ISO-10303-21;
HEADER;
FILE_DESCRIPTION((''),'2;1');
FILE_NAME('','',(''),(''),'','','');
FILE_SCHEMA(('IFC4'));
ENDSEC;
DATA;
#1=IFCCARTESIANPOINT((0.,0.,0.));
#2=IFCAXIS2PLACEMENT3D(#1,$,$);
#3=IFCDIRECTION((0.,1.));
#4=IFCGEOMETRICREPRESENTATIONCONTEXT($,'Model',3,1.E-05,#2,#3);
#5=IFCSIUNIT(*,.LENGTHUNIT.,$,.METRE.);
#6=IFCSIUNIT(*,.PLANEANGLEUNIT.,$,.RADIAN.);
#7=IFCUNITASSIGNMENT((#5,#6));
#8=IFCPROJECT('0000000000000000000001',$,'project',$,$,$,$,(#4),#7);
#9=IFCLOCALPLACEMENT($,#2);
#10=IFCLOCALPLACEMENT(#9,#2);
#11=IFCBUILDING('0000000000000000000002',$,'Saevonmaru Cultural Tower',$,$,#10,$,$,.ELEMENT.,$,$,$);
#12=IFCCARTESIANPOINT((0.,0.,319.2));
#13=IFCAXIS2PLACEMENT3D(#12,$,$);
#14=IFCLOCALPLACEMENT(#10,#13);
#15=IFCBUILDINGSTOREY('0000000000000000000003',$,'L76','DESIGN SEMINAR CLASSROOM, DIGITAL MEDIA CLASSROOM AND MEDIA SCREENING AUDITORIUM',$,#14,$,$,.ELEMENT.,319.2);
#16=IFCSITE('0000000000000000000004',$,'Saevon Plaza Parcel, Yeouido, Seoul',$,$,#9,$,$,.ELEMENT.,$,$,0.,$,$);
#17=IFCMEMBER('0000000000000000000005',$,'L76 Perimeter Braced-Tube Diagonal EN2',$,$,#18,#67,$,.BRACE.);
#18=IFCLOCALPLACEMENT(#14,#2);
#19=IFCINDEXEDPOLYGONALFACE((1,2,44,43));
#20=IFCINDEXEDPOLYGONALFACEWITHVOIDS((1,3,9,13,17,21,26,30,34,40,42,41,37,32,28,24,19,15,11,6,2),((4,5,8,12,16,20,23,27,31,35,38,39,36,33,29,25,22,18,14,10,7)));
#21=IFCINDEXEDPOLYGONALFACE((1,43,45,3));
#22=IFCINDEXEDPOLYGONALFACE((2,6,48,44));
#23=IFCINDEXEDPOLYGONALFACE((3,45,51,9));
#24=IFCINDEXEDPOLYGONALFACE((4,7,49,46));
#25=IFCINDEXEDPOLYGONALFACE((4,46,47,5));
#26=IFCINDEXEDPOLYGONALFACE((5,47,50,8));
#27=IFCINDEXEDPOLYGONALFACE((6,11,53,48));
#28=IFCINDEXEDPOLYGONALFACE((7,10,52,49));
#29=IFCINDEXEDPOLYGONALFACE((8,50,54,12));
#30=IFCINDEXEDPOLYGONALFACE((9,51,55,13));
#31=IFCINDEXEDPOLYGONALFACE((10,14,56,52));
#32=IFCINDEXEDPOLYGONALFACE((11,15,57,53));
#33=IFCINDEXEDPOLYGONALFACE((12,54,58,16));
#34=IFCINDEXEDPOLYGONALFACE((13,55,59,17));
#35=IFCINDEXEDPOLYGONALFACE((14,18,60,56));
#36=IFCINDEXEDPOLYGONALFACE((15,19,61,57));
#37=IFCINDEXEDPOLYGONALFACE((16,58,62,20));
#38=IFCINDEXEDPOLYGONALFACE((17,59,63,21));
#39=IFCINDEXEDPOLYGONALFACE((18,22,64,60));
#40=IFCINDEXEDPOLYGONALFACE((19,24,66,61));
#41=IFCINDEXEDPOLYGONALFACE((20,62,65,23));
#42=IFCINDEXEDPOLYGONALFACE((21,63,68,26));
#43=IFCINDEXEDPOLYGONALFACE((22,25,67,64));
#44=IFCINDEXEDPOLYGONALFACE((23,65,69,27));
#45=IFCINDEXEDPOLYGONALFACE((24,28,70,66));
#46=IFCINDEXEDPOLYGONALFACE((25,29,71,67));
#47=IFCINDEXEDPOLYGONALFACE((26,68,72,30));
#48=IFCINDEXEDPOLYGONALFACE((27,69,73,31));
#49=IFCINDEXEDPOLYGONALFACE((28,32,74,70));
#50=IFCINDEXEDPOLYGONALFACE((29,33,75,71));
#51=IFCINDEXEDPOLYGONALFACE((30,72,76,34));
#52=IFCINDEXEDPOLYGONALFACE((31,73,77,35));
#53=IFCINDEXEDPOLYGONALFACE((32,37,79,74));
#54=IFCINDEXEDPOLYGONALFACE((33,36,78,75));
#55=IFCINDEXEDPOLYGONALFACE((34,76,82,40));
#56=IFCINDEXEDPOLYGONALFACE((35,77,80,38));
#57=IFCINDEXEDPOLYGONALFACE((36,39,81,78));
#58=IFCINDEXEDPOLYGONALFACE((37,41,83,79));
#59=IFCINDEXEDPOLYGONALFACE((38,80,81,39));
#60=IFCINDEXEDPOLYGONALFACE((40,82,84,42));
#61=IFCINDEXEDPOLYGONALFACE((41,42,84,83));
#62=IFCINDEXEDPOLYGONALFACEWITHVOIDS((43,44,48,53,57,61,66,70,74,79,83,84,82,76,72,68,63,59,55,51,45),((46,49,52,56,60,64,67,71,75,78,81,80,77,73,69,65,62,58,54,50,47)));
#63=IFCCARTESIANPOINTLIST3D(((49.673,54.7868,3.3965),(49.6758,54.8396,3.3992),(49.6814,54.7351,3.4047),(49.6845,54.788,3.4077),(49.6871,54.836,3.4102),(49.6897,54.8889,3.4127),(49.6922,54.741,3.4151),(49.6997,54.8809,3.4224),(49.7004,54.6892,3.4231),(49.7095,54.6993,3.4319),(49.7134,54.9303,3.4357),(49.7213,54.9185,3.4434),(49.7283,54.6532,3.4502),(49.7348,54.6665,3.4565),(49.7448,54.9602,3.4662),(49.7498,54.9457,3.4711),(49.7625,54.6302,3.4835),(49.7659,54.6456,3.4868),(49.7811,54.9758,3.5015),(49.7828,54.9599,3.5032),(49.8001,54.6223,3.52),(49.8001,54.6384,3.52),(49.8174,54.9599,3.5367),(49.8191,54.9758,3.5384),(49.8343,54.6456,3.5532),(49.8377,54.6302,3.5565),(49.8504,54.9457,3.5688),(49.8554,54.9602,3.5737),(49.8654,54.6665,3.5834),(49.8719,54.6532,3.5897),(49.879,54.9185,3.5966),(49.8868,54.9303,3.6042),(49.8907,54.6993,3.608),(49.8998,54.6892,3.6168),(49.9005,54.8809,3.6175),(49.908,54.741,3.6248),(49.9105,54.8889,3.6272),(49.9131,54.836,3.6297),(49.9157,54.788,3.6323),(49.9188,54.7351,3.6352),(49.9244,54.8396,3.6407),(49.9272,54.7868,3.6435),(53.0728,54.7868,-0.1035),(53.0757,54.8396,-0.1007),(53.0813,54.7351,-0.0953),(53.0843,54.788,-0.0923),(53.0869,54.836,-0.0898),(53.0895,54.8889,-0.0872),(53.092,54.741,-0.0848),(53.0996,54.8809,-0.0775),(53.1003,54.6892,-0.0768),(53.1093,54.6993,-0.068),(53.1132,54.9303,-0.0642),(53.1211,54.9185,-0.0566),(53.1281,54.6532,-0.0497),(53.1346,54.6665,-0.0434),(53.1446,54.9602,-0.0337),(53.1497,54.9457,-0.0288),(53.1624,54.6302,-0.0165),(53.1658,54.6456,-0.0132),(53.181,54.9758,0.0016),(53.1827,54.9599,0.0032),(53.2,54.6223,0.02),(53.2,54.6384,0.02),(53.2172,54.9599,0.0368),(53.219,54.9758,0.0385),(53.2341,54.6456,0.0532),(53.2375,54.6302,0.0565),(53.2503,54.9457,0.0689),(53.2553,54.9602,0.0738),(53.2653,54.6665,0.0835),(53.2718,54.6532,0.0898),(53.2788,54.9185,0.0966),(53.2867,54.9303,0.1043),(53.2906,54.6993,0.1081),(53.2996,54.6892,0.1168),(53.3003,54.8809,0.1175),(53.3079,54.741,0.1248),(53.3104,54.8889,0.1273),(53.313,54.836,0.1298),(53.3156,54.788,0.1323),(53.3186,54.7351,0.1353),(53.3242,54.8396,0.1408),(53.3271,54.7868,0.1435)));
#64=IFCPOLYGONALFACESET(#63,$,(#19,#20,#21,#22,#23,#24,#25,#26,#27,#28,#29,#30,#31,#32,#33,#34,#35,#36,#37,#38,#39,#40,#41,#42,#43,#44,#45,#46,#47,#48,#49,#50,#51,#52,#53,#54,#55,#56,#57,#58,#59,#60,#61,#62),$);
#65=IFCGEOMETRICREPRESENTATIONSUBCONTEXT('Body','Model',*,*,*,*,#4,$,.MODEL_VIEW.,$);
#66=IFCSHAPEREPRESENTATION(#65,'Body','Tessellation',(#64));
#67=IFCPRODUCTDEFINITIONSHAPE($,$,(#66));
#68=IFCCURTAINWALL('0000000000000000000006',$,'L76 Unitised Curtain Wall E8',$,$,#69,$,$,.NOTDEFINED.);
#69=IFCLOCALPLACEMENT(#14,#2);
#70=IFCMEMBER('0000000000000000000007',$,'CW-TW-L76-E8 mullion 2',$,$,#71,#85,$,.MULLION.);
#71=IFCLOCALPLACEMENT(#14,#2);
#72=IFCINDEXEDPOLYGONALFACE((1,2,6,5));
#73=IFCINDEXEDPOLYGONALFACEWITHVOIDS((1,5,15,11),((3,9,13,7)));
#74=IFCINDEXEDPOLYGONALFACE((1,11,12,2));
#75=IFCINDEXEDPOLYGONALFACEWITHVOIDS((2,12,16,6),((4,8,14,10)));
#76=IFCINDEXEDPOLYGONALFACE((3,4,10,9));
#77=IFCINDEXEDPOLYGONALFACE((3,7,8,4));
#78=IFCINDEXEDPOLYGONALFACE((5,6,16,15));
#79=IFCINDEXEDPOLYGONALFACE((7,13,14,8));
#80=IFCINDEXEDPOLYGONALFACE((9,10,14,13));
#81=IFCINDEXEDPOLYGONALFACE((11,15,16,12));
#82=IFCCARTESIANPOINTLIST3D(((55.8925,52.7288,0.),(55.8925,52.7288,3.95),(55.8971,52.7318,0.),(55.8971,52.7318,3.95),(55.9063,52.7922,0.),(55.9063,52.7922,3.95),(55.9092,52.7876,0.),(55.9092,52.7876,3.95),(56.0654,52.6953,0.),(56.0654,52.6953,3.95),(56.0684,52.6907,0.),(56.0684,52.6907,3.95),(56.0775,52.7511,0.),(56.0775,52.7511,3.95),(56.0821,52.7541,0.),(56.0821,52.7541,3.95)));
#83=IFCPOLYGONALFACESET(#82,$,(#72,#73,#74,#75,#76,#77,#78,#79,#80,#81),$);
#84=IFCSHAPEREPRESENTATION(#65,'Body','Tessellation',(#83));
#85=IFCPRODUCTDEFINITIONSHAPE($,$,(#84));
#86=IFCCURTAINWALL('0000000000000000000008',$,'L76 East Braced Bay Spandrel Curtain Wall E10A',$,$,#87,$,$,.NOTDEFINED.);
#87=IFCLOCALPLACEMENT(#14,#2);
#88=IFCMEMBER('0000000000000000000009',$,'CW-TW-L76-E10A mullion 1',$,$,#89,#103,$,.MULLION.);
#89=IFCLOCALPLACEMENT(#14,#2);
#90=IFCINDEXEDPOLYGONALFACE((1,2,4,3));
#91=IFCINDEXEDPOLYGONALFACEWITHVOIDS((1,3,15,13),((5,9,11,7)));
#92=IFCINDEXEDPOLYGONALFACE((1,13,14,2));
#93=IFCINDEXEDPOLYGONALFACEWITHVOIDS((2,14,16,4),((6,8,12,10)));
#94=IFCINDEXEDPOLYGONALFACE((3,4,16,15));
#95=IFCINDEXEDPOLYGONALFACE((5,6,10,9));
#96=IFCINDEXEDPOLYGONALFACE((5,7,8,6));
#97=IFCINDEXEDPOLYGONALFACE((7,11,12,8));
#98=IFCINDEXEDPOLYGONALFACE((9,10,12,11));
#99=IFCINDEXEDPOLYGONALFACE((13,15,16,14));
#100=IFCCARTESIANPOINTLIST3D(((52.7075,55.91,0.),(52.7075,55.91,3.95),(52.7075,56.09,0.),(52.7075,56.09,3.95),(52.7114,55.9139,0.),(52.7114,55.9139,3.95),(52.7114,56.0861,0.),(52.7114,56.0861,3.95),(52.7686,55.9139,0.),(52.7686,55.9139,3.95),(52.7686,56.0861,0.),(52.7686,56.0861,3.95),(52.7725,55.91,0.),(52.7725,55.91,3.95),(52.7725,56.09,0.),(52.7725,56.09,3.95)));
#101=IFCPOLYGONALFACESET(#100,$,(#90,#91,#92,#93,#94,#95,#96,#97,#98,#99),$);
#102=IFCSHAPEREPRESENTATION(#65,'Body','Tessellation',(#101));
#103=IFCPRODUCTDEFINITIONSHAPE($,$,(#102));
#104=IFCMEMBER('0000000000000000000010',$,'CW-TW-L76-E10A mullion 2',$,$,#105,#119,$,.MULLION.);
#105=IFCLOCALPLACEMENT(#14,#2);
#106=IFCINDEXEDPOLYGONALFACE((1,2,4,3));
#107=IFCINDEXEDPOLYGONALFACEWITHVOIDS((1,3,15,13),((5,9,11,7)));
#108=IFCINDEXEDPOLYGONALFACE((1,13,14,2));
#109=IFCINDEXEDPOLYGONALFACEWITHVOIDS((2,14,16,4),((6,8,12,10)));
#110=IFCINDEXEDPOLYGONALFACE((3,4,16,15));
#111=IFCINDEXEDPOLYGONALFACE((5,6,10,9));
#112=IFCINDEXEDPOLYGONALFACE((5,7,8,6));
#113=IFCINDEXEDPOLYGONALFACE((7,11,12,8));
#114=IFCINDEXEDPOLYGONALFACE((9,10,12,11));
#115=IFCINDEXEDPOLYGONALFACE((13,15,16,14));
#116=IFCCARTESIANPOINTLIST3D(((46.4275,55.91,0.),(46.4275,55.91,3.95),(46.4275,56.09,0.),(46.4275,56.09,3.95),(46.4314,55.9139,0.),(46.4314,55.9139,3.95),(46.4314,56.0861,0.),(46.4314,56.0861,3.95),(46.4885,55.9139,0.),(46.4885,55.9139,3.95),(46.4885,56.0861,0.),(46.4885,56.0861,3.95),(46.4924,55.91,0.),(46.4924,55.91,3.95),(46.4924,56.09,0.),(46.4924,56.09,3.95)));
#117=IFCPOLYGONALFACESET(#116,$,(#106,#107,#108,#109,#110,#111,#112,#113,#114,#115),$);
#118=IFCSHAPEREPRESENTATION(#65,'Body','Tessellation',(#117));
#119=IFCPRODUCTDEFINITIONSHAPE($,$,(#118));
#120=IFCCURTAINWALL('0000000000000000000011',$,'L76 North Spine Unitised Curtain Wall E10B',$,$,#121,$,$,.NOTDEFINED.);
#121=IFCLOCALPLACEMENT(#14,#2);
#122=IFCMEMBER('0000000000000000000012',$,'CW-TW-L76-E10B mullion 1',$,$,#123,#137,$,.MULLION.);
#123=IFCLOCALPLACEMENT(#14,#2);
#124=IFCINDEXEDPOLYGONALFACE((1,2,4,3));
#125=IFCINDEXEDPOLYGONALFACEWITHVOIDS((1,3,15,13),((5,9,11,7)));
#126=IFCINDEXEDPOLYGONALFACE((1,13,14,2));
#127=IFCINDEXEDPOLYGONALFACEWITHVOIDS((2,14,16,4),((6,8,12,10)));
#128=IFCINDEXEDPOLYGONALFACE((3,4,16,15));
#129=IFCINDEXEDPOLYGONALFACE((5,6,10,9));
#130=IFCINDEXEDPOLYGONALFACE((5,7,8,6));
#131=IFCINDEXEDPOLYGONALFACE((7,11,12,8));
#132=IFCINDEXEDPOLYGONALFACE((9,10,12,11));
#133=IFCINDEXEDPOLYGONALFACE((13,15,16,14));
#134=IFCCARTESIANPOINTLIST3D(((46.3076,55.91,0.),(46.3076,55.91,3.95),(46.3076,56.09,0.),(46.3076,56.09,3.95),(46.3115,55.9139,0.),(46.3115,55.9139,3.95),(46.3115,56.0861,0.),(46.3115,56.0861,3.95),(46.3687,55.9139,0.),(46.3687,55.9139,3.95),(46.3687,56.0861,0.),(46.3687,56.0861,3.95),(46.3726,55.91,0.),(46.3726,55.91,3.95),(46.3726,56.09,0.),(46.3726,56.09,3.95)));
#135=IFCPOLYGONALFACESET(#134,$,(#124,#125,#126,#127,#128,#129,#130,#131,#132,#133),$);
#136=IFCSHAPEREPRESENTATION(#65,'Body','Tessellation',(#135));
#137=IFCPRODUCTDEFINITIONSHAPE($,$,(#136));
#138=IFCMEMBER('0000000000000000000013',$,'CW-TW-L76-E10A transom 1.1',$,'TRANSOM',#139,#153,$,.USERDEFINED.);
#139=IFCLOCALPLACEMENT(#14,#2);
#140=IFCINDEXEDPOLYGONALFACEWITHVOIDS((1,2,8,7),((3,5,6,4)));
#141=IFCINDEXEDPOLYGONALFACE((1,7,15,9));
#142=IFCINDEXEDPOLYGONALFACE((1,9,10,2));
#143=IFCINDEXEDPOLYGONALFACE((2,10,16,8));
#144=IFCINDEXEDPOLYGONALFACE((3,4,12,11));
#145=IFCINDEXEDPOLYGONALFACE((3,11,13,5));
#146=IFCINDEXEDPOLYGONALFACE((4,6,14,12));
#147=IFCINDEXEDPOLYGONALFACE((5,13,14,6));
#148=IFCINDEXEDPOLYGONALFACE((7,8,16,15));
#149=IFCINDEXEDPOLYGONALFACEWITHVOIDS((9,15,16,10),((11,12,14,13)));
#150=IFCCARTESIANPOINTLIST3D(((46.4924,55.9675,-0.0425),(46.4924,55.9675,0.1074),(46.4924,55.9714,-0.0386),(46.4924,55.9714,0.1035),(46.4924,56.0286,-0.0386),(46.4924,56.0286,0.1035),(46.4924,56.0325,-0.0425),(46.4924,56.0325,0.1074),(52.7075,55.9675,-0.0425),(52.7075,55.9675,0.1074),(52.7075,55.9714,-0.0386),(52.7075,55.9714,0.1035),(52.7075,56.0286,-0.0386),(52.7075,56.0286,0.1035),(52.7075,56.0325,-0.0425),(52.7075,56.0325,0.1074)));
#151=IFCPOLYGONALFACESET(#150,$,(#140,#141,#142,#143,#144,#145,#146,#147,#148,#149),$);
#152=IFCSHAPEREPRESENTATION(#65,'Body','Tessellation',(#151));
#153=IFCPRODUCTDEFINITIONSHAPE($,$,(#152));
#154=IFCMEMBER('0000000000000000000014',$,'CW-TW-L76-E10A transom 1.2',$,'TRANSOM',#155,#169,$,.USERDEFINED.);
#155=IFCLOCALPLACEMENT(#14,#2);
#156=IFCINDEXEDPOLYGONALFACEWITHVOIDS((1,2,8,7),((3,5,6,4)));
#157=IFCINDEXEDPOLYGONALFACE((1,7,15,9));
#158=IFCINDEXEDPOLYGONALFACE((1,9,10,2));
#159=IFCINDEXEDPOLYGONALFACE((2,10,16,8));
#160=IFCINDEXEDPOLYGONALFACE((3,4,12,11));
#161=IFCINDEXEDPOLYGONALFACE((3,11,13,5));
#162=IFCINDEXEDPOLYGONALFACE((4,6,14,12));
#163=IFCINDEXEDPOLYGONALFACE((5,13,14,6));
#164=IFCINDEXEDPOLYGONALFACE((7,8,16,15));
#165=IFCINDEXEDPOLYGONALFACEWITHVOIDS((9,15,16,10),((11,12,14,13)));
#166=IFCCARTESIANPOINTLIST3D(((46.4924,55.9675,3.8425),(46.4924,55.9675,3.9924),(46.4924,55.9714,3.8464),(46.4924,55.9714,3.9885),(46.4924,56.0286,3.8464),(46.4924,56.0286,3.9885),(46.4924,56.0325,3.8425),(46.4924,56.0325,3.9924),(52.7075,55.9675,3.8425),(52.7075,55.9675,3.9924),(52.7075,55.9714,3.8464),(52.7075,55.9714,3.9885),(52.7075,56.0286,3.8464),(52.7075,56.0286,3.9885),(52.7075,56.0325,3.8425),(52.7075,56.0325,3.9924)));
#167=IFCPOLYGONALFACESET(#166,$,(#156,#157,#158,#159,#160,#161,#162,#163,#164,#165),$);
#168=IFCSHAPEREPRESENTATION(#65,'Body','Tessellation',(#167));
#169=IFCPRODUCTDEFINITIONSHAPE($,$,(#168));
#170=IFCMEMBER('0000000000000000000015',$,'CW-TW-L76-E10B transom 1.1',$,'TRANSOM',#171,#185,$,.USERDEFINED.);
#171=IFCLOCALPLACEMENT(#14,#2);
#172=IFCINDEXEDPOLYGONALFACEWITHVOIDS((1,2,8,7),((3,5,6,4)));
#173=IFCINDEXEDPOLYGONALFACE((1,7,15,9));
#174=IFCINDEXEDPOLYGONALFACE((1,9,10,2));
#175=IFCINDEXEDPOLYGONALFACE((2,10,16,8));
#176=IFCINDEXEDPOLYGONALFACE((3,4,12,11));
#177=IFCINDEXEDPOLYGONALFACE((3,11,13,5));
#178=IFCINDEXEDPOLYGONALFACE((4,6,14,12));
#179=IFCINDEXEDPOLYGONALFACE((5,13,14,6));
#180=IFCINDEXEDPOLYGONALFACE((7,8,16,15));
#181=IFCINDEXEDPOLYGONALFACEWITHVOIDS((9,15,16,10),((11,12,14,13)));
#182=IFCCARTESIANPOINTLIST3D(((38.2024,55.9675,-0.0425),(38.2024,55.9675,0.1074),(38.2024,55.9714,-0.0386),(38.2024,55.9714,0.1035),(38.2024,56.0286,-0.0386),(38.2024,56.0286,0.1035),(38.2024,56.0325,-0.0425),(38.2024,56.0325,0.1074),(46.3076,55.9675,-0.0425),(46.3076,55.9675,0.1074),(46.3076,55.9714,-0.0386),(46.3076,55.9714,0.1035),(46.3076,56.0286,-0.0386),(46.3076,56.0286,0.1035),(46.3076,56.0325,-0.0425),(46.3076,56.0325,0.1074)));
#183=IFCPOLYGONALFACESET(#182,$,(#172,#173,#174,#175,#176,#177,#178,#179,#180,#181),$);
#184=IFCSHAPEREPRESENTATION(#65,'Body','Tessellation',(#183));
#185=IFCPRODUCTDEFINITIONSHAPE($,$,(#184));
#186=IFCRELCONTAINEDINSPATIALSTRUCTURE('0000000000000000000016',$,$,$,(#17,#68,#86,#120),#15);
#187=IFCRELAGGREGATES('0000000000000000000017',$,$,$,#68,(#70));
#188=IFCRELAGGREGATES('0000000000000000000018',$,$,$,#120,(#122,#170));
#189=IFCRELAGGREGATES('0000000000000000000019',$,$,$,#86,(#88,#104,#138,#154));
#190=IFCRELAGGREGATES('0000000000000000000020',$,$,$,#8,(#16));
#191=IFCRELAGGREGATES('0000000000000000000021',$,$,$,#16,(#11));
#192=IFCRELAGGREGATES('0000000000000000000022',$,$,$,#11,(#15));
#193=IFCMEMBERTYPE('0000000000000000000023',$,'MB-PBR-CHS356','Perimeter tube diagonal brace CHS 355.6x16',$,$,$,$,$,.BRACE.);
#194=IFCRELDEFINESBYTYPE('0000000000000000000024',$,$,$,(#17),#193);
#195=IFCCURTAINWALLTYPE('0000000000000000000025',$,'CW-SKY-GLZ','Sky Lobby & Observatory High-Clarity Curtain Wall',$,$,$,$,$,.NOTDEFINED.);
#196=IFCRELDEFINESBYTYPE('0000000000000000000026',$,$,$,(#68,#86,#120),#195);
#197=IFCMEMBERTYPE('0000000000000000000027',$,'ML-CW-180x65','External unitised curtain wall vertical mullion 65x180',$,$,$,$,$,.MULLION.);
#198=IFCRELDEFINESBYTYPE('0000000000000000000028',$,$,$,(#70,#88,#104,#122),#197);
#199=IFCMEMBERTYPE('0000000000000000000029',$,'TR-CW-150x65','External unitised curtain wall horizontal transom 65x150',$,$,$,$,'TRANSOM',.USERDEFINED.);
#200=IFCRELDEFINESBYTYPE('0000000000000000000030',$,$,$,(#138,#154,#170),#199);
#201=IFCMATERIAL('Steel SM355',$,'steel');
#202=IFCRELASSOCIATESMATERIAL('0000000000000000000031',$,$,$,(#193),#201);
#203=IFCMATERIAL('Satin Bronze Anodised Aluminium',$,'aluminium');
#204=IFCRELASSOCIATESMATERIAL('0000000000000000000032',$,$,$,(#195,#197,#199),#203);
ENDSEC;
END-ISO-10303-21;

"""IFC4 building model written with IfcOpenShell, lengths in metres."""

from ifc_helpers import new_model, si_unit, direction, frame, origin, origin_2d, place, context, subcontext, project, spatial, hollow_rectangle, hollow_circle, extrude, material, material_profile, profile_set, type_object, element, aggregate, save


model = new_model("IFC4")

# Units and contexts
model_context = context("Model", 3, precision=1e-05, world=origin(), true_north=direction((0.0, 1.0)))
body_context = subcontext(model_context, "Body", "Model", "MODEL_VIEW")
ifc_project = project(units=[si_unit("LENGTHUNIT", "METRE"), si_unit("PLANEANGLEUNIT", "RADIAN")], contexts=[model_context])

# Site, building, storey
site_placement = place(None, origin())
site = spatial("IfcSite", under=ifc_project, at=site_placement, Name="Saevon Plaza Parcel, Yeouido, Seoul", CompositionType="ELEMENT", RefElevation=0.0)
building_placement = place(site_placement, origin())
building = spatial("IfcBuilding", under=site, at=building_placement, Name="Saevonmaru Cultural Tower", CompositionType="ELEMENT")
storey_placement = place(building_placement, frame((0.0, 0.0, 319.2)))
storey = spatial("IfcBuildingStorey", under=building, at=storey_placement, Name="L76", Description="DESIGN SEMINAR CLASSROOM, DIGITAL MEDIA CLASSROOM AND MEDIA SCREENING AUDITORIUM", CompositionType="ELEMENT", Elevation=319.2)

# Shared definitions
ifc_material_1 = material(Name="Steel SM355", Category="steel")

# Member
ifc_material_profile_1 = material_profile(ifc_material_1, hollow_circle(Radius=0.1777, WallThickness=0.0161, at=origin_2d()), Name="CHS-355.6x16")
ifc_profile_set_1 = profile_set([ifc_material_profile_1], Name="Steel SM355")
member_type_1 = type_object("IfcMemberType", Name="MB-PBR-CHS356", Description="Perimeter tube diagonal brace CHS 355.6x16", PredefinedType="BRACE", material=ifc_profile_set_1)
member_1_placement = place(storey_placement, frame((53.2, 54.8, 0.02), z_axis=(-0.696775, 0.0, 0.717289), x_axis=(0.0, -1.0, 0.0)))
element("IfcMember", 1, at=member_1_placement, inside=storey, type_object=member_type_1, Name="L76 Perimeter Braced-Tube Diagonal EN2", PredefinedType="BRACE", context=body_context, shape_type="SweptSolid", body=[
    extrude(hollow_circle(Radius=0.1777, WallThickness=0.0161, at=origin_2d()), origin(), (0.0, 0.0, 1.0), 4.8794),
])

# Curtain wall, member
ifc_material_2 = material(Name="Satin Bronze Anodised Aluminium", Category="aluminium")
curtain_wall_type = type_object("IfcCurtainWallType", Name="CW-SKY-GLZ", Description="Sky Lobby & Observatory High-Clarity Curtain Wall", PredefinedType="NOTDEFINED", material=ifc_material_2)
curtain_wall_1_placement = place(storey_placement, origin())
curtain_wall_1 = element("IfcCurtainWall", 2, at=curtain_wall_1_placement, inside=storey, type_object=curtain_wall_type, Name="L76 Unitised Curtain Wall E8", PredefinedType="NOTDEFINED")
ifc_material_profile_2 = material_profile(ifc_material_2, hollow_rectangle(XDim=0.0649, YDim=0.1799, WallThickness=0.0039, at=origin_2d()), Name="ALU-MULL-180x65x4")
ifc_profile_set_2 = profile_set([ifc_material_profile_2], Name="Satin Bronze Anodised Aluminium")
member_type_2 = type_object("IfcMemberType", Name="ML-CW-180x65", Description="External unitised curtain wall vertical mullion 65x180", PredefinedType="MULLION", material=ifc_profile_set_2)
member_2_placement = place(storey_placement, frame((55.9873, 52.7415, 0.0), z_axis=(0.0, 0.0, 1.0), x_axis=(0.21175, 0.977324, 0.0)))
member_2 = element("IfcMember", 3, at=member_2_placement, type_object=member_type_2, Name="CW-TW-L76-E8 mullion 2", PredefinedType="MULLION", context=body_context, shape_type="SweptSolid", body=[
    extrude(hollow_rectangle(XDim=0.0649, YDim=0.1799, WallThickness=0.0039, at=origin_2d()), origin(), (0.0, 0.0, 1.0), 3.95),
])
aggregate(curtain_wall_1, [member_2])

# Curtain wall, members
curtain_wall_2_placement = place(storey_placement, origin())
curtain_wall_2 = element("IfcCurtainWall", 4, at=curtain_wall_2_placement, inside=storey, type_object=curtain_wall_type, Name="L76 East Braced Bay Spandrel Curtain Wall E10A", PredefinedType="NOTDEFINED")
member_3_placement = place(storey_placement, frame((52.74, 56.0, 0.0), z_axis=(0.0, 0.0, 1.0), x_axis=(-1.0, 0.0, 0.0)))
member_3 = element("IfcMember", 5, at=member_3_placement, type_object=member_type_2, Name="CW-TW-L76-E10A mullion 1", PredefinedType="MULLION", context=body_context, shape_type="SweptSolid", body=[
    extrude(hollow_rectangle(XDim=0.0649, YDim=0.1799, WallThickness=0.0039, at=origin_2d()), origin(), (0.0, 0.0, 1.0), 3.95),
])
member_4_placement = place(storey_placement, frame((46.46, 56.0, 0.0), z_axis=(0.0, 0.0, 1.0), x_axis=(-1.0, 0.0, 0.0)))
member_4 = element("IfcMember", 6, at=member_4_placement, type_object=member_type_2, Name="CW-TW-L76-E10A mullion 2", PredefinedType="MULLION", context=body_context, shape_type="SweptSolid", body=[
    extrude(hollow_rectangle(XDim=0.0649, YDim=0.1799, WallThickness=0.0039, at=origin_2d()), origin(), (0.0, 0.0, 1.0), 3.95),
])

# Curtain wall, member
curtain_wall_3_placement = place(storey_placement, origin())
curtain_wall_3 = element("IfcCurtainWall", 7, at=curtain_wall_3_placement, inside=storey, type_object=curtain_wall_type, Name="L76 North Spine Unitised Curtain Wall E10B", PredefinedType="NOTDEFINED")
member_5_placement = place(storey_placement, frame((46.3401, 56.0, 0.0), z_axis=(0.0, 0.0, 1.0), x_axis=(-1.0, 0.0, 0.0)))
member_5 = element("IfcMember", 8, at=member_5_placement, type_object=member_type_2, Name="CW-TW-L76-E10B mullion 1", PredefinedType="MULLION", context=body_context, shape_type="SweptSolid", body=[
    extrude(hollow_rectangle(XDim=0.0649, YDim=0.1799, WallThickness=0.0039, at=origin_2d()), origin(), (0.0, 0.0, 1.0), 3.95),
])

# Members
ifc_material_profile_3 = material_profile(ifc_material_2, hollow_rectangle(XDim=0.0649, YDim=0.1499, WallThickness=0.0039, at=origin_2d()), Name="ALU-TRAN-150x65x4")
ifc_profile_set_3 = profile_set([ifc_material_profile_3], Name="Satin Bronze Anodised Aluminium")
member_type_3 = type_object("IfcMemberType", Name="TR-CW-150x65", Description="External unitised curtain wall horizontal transom 65x150", ElementType="TRANSOM", PredefinedType="USERDEFINED", material=ifc_profile_set_3)
member_6_placement = place(storey_placement, frame((52.7075, 56.0, 0.0325), z_axis=(-1.0, 0.0, 0.0), x_axis=(0.0, -1.0, 0.0)))
member_6 = element("IfcMember", 9, at=member_6_placement, type_object=member_type_3, Name="CW-TW-L76-E10A transom 1.1", ObjectType="TRANSOM", PredefinedType="USERDEFINED", context=body_context, shape_type="SweptSolid", body=[
    extrude(hollow_rectangle(XDim=0.0649, YDim=0.1499, WallThickness=0.0039, at=origin_2d()), origin(), (0.0, 0.0, 1.0), 6.2151),
])
member_7_placement = place(storey_placement, frame((52.7075, 56.0, 3.9175), z_axis=(-1.0, 0.0, 0.0), x_axis=(0.0, -1.0, 0.0)))
member_7 = element("IfcMember", 10, at=member_7_placement, type_object=member_type_3, Name="CW-TW-L76-E10A transom 1.2", ObjectType="TRANSOM", PredefinedType="USERDEFINED", context=body_context, shape_type="SweptSolid", body=[
    extrude(hollow_rectangle(XDim=0.0649, YDim=0.1499, WallThickness=0.0039, at=origin_2d()), origin(), (0.0, 0.0, 1.0), 6.2151),
])
member_8_placement = place(storey_placement, frame((46.3076, 56.0, 0.0325), z_axis=(-1.0, 0.0, 0.0), x_axis=(0.0, -1.0, 0.0)))
member_8 = element("IfcMember", 11, at=member_8_placement, type_object=member_type_3, Name="CW-TW-L76-E10B transom 1.1", ObjectType="TRANSOM", PredefinedType="USERDEFINED", context=body_context, shape_type="SweptSolid", body=[
    extrude(hollow_rectangle(XDim=0.0649, YDim=0.1499, WallThickness=0.0039, at=origin_2d()), origin(), (0.0, 0.0, 1.0), 8.1052),
])
aggregate(curtain_wall_3, [member_5, member_8])

aggregate(curtain_wall_2, [member_3, member_4, member_6, member_7])

save(model, "model.ifc")
